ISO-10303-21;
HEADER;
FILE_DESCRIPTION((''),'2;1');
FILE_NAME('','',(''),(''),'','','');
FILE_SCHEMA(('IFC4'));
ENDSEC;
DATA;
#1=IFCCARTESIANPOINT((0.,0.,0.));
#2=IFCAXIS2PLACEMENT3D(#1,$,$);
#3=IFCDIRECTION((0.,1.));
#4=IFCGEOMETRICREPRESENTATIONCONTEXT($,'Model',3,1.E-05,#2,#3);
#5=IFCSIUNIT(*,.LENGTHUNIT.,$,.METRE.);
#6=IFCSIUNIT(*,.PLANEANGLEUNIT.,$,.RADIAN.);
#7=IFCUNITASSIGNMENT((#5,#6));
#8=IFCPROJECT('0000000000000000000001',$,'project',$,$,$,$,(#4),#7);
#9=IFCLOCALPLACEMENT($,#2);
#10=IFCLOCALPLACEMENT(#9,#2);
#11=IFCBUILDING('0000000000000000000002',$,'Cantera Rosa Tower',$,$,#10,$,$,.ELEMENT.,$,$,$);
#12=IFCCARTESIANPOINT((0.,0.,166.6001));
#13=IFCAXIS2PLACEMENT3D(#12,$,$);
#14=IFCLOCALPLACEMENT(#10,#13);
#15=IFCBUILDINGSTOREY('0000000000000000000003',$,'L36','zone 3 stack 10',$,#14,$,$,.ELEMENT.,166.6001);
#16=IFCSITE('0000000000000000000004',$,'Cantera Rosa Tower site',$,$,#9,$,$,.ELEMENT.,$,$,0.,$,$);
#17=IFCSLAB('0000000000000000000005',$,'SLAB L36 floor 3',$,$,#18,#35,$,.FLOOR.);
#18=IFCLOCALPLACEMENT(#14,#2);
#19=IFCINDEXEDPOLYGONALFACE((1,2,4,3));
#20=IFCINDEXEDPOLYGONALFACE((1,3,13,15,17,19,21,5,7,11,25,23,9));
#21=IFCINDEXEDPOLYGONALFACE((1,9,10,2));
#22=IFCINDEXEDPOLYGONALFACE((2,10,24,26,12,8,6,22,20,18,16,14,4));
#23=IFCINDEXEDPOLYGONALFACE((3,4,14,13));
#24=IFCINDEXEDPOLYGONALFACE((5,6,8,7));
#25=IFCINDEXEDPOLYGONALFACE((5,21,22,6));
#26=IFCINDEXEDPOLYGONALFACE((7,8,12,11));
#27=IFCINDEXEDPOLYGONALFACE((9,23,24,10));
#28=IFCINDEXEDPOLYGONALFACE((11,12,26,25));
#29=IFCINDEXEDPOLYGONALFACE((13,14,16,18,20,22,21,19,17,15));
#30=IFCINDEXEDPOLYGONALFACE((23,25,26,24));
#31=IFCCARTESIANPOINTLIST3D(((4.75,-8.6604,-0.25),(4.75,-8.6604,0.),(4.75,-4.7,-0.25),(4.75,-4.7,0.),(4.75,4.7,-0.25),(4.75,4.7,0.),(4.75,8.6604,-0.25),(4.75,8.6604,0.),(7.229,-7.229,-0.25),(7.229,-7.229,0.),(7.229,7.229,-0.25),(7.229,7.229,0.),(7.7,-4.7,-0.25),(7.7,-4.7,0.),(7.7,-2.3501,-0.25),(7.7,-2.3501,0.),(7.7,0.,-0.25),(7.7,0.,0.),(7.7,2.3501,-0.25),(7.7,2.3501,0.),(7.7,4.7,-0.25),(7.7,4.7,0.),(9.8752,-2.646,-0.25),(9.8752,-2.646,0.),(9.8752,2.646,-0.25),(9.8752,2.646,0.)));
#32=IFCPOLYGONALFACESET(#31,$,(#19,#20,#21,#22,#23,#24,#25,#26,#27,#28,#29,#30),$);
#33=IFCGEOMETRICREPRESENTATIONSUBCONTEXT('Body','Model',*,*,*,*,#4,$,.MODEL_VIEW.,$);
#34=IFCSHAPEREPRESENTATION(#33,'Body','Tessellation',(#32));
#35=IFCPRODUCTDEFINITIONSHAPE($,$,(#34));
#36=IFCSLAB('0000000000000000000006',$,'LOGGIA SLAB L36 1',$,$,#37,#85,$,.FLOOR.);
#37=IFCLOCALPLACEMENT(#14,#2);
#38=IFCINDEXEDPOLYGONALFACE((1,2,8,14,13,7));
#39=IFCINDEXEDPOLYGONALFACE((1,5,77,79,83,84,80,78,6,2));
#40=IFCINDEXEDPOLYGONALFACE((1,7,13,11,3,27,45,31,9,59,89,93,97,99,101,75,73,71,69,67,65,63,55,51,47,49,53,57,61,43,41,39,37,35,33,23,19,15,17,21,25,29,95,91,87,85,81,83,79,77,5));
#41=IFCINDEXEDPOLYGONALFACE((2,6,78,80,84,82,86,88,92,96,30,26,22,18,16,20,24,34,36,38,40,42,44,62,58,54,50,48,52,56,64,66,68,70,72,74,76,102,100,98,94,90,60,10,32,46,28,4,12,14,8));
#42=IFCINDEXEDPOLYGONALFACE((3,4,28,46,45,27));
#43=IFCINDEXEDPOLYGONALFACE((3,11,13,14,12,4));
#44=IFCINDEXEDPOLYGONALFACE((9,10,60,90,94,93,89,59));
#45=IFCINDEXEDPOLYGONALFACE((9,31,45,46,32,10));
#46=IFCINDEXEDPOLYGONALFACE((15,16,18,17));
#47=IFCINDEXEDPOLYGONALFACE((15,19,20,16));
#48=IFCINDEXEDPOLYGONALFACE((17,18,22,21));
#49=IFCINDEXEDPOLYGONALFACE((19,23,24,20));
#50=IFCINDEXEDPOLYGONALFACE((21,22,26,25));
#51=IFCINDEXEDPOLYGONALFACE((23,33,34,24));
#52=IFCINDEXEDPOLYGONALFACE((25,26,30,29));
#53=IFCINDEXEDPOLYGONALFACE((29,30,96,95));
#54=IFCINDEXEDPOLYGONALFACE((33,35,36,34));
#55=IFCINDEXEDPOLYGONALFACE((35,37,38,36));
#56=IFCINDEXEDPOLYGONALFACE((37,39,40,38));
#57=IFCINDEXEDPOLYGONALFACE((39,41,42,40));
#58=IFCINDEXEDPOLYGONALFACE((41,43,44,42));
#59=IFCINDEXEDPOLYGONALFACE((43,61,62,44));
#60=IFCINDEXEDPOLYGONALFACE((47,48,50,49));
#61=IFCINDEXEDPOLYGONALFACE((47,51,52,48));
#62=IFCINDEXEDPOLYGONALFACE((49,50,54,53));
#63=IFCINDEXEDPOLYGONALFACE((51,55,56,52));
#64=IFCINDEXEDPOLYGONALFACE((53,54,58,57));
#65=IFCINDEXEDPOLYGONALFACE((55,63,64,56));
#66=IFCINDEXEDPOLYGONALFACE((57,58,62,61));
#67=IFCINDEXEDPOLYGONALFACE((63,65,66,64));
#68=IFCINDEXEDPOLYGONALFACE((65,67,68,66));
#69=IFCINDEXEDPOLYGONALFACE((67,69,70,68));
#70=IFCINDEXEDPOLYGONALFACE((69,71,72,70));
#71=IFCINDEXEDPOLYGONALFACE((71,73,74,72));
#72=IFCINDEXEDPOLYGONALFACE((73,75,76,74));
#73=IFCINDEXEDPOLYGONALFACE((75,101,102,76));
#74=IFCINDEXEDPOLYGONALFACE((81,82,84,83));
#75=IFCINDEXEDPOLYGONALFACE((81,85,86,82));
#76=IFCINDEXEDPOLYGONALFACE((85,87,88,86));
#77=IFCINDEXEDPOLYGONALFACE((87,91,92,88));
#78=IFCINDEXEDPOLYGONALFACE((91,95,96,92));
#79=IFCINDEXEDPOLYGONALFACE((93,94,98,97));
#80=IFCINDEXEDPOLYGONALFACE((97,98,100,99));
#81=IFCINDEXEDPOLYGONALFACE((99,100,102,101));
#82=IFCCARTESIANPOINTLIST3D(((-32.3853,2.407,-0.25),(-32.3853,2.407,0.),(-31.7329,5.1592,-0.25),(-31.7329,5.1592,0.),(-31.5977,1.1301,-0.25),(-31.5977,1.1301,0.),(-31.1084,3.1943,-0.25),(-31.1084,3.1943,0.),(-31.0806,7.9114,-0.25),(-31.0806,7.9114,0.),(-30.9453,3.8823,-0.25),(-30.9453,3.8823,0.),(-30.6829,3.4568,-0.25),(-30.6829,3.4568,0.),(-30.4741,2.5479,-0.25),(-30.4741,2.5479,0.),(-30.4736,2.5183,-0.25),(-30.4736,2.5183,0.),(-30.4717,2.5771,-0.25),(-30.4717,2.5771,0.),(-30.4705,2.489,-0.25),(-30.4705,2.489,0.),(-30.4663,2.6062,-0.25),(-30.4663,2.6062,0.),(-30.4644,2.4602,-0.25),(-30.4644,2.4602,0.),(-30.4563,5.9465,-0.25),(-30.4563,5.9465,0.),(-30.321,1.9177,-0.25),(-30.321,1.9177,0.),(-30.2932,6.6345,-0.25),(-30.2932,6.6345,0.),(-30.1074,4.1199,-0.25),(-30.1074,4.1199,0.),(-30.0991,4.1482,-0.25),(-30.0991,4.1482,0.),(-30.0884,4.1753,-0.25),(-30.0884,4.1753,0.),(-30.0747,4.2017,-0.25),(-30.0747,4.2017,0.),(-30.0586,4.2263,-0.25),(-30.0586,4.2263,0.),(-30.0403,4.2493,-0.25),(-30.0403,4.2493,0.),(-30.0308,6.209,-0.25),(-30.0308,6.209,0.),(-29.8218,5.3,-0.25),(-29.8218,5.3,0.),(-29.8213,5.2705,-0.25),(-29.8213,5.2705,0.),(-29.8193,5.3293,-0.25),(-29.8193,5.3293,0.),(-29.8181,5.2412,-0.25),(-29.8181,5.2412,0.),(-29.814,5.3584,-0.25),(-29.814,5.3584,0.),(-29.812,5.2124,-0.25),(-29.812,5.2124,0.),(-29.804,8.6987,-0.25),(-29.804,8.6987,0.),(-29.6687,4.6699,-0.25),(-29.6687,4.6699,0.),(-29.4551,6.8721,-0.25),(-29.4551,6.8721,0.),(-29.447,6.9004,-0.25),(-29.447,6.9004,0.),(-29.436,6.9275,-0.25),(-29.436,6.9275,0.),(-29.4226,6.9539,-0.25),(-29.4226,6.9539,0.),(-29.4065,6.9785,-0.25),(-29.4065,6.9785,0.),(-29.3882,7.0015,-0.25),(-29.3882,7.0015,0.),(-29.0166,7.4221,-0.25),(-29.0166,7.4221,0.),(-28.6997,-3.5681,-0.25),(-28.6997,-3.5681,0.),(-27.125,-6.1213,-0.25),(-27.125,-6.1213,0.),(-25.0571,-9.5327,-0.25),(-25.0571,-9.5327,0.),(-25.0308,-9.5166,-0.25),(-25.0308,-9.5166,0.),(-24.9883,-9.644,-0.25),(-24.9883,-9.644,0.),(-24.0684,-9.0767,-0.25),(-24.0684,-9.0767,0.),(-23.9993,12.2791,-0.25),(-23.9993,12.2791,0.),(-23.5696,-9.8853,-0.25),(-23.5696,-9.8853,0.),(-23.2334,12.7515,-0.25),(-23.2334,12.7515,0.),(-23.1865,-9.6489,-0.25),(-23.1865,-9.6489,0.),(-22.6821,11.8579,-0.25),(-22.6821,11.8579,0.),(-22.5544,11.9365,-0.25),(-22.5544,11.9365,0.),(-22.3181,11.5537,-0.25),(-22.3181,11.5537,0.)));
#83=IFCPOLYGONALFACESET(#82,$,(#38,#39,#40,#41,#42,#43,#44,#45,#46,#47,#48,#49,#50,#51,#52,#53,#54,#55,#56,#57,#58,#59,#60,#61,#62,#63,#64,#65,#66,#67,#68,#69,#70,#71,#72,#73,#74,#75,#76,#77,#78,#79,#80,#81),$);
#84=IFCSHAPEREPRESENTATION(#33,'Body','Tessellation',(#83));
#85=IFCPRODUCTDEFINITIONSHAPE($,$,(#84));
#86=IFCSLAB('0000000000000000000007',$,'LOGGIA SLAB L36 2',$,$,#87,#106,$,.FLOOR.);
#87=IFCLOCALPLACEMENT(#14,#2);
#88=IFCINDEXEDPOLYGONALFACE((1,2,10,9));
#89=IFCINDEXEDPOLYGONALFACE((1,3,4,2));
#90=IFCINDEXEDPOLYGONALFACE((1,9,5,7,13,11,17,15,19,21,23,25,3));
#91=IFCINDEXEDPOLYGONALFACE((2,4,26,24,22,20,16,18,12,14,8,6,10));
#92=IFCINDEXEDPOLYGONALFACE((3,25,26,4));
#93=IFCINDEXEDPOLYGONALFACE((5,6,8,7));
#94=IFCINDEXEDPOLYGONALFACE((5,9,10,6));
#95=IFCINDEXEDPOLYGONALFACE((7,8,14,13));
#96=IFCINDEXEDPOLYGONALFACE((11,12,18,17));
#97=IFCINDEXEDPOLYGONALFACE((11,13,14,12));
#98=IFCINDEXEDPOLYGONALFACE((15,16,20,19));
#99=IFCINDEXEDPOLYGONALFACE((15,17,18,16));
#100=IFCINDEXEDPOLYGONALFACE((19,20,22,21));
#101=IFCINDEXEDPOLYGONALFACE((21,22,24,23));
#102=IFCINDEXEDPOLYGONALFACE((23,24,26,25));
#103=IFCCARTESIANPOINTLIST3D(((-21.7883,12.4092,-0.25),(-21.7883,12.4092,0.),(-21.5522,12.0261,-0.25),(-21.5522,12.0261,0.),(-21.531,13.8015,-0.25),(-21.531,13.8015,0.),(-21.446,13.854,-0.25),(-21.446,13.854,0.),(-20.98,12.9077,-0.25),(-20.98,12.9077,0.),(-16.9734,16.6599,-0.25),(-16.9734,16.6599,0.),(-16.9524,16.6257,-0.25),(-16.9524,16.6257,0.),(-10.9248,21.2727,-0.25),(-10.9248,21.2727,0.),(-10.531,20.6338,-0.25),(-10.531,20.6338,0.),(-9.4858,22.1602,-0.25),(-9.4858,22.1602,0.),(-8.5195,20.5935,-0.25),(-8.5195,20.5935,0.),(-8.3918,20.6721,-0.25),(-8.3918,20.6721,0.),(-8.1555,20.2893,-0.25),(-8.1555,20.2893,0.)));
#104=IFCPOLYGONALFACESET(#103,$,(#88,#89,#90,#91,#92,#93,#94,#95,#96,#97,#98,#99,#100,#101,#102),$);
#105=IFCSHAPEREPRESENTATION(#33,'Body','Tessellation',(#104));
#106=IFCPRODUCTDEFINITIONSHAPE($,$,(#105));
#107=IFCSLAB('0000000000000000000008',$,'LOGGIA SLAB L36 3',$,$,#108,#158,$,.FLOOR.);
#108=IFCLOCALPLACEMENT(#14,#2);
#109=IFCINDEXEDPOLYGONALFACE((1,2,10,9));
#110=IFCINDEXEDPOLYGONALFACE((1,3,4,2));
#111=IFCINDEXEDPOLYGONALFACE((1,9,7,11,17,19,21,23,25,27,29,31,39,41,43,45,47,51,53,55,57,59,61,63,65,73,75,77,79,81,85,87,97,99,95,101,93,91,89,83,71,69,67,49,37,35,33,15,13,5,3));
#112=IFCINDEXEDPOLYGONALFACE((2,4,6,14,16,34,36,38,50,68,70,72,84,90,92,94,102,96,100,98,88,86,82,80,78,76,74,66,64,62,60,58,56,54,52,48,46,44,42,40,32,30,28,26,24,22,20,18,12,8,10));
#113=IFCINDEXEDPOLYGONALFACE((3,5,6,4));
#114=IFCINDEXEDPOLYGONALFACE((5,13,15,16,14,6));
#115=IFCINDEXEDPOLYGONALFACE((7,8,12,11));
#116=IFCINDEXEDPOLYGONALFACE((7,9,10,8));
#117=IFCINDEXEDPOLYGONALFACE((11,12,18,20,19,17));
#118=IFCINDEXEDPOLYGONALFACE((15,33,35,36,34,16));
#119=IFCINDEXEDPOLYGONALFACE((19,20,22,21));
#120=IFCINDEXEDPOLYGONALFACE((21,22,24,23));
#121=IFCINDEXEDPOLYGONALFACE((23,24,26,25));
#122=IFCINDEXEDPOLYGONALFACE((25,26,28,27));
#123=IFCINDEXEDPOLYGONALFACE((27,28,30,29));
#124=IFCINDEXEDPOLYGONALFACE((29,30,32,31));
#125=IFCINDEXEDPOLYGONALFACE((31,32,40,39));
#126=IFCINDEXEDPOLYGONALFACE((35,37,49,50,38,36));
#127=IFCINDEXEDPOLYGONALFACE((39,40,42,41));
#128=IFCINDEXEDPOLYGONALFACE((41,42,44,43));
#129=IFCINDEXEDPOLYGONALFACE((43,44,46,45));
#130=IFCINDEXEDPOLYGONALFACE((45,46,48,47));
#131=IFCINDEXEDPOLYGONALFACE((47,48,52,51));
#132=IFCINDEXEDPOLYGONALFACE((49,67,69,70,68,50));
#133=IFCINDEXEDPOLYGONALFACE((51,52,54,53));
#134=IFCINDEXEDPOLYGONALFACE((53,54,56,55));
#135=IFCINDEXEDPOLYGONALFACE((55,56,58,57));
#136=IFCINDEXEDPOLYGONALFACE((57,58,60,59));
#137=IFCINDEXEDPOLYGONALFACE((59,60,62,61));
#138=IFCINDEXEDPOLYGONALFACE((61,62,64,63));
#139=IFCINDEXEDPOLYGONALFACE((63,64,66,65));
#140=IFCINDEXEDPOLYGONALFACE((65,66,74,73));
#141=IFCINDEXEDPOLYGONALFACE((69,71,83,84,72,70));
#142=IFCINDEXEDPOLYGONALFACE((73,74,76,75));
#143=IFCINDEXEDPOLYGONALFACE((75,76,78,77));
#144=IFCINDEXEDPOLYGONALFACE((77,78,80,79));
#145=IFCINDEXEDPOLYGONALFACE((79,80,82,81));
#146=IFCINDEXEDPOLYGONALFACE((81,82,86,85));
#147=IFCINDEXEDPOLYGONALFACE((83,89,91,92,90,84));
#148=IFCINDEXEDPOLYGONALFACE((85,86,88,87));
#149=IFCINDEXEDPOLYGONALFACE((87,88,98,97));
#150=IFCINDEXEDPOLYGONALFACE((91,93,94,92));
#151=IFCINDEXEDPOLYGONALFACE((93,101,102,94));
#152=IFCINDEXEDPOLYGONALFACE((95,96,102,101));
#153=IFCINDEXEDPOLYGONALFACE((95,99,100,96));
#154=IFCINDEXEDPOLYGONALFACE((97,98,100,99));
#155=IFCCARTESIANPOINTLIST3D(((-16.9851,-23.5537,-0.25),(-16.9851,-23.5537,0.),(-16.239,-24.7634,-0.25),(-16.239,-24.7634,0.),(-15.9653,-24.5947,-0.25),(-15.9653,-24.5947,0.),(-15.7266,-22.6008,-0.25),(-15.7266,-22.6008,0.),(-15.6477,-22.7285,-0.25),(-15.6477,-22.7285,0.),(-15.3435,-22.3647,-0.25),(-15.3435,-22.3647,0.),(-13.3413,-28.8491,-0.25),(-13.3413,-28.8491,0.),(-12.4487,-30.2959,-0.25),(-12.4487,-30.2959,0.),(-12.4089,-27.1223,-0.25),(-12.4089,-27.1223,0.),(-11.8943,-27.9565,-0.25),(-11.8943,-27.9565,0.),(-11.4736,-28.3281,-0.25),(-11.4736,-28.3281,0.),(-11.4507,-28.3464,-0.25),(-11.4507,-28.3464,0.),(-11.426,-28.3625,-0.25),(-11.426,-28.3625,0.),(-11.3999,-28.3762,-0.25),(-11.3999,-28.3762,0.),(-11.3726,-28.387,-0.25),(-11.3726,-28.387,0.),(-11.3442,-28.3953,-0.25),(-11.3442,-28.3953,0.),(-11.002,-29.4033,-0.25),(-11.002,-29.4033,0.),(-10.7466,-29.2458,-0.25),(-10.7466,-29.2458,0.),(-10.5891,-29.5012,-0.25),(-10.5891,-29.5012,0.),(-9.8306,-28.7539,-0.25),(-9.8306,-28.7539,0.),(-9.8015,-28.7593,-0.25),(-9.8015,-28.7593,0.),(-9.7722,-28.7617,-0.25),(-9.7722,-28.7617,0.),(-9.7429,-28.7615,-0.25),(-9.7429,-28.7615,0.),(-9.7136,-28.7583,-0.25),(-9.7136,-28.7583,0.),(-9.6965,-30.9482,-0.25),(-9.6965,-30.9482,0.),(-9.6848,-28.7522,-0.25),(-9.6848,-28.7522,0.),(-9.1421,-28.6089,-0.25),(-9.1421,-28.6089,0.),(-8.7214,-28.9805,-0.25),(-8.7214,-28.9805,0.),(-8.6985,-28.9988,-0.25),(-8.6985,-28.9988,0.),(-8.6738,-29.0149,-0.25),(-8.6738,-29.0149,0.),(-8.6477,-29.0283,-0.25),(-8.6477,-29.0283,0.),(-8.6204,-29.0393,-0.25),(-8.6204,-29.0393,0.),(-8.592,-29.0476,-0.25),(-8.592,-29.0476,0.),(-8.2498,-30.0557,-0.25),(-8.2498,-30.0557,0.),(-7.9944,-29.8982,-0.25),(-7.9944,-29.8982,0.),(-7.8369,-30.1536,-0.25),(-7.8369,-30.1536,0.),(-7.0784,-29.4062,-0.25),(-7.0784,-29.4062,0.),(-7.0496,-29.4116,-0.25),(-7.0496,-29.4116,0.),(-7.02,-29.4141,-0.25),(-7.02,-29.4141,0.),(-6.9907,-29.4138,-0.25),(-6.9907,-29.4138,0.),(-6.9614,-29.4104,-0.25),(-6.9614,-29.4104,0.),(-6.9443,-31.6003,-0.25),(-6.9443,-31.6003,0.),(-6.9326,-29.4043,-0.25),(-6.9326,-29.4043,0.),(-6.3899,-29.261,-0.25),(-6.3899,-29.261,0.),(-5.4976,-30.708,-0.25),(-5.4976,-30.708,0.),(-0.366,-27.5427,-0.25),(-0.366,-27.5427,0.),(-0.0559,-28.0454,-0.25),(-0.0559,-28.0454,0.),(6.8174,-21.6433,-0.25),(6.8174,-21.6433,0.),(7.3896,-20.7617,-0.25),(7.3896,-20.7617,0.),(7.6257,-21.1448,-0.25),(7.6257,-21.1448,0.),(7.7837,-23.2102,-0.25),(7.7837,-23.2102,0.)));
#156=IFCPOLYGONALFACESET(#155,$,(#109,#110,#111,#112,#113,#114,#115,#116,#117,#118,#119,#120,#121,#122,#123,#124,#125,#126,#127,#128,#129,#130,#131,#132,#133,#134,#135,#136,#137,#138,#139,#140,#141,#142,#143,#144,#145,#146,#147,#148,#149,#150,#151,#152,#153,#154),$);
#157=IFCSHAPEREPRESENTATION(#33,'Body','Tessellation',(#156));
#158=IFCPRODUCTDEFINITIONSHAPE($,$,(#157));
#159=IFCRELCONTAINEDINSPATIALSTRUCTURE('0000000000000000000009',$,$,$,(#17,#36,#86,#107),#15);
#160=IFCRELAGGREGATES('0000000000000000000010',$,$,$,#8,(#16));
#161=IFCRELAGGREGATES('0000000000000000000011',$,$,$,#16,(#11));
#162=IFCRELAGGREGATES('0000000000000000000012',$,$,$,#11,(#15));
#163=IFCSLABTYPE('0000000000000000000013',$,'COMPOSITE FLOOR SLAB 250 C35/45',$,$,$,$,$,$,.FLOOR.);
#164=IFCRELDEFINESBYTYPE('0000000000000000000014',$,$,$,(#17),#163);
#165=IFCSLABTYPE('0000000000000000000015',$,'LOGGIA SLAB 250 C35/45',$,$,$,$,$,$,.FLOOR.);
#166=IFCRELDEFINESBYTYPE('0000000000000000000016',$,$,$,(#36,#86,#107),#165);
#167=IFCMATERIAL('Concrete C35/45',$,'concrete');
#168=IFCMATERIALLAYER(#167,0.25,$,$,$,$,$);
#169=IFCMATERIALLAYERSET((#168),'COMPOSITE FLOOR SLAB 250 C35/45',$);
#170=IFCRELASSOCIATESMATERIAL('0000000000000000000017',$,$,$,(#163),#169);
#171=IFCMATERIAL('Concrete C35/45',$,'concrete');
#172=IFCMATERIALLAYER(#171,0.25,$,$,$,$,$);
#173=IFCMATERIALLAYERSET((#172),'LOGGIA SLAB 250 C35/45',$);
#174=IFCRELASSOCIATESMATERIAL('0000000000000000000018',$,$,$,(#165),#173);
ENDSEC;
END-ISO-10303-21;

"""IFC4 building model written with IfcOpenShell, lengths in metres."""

from ifc_helpers import new_model, si_unit, direction, frame, origin, place, context, subcontext, project, spatial, polyline, outline, extrude, material, layer, layer_set, type_object, element, save


model = new_model("IFC4")

# Units and contexts
model_context = context("Model", 3, precision=1e-05, world=origin(), true_north=direction((0.0, 1.0)))
body_context = subcontext(model_context, "Body", "Model", "MODEL_VIEW")
ifc_project = project(units=[si_unit("LENGTHUNIT", "METRE"), si_unit("PLANEANGLEUNIT", "RADIAN")], contexts=[model_context])

# Site, building, storey
site_placement = place(None, origin())
site = spatial("IfcSite", under=ifc_project, at=site_placement, Name="Cantera Rosa Tower site", CompositionType="ELEMENT", RefElevation=0.0)
building_placement = place(site_placement, origin())
building = spatial("IfcBuilding", under=site, at=building_placement, Name="Cantera Rosa Tower", CompositionType="ELEMENT")
storey_placement = place(building_placement, frame((0.0, 0.0, 166.6001)))
storey = spatial("IfcBuildingStorey", under=building, at=storey_placement, Name="L36", Description="zone 3 stack 10", CompositionType="ELEMENT", Elevation=166.6001)

# Slabs
ifc_material_1 = material(Name="Concrete C35/45", Category="concrete")
ifc_layer_1 = layer(ifc_material_1, 0.25)
ifc_layer_set_1 = layer_set([ifc_layer_1], Name="COMPOSITE FLOOR SLAB 250 C35/45")
slab_type_1 = type_object("IfcSlabType", Name="COMPOSITE FLOOR SLAB 250 C35/45", PredefinedType="FLOOR", material=ifc_layer_set_1)
slab_1_placement = place(storey_placement, frame((0.0, 0.0, -0.25)))
element("IfcSlab", 1, at=slab_1_placement, inside=storey, type_object=slab_type_1, Name="SLAB L36 floor 3", PredefinedType="FLOOR", context=body_context, shape_type="SweptSolid", body=[
    extrude(outline(polyline([(7.7, 0.0), (7.7, 2.3501), (7.7, 4.7), (4.75, 4.7), (4.75, 8.6604), (7.229, 7.229), (9.8752, 2.646), (9.8752, -2.646), (7.229, -7.229), (4.75, -8.6604), (4.75, -4.7), (7.7, -4.7), (7.7, -2.3501), (7.7, 0.0)])), origin(), (0.0, 0.0, 1.0), 0.25),
])
ifc_material_2 = material(Name="Concrete C35/45", Category="concrete")
ifc_layer_2 = layer(ifc_material_2, 0.25)
ifc_layer_set_2 = layer_set([ifc_layer_2], Name="LOGGIA SLAB 250 C35/45")
slab_type_2 = type_object("IfcSlabType", Name="LOGGIA SLAB 250 C35/45", PredefinedType="FLOOR", material=ifc_layer_set_2)
slab_2_placement = place(storey_placement, frame((0.0, 0.0, -0.25)))
element("IfcSlab", 2, at=slab_2_placement, inside=storey, type_object=slab_type_2, Name="LOGGIA SLAB L36 1", PredefinedType="FLOOR", context=body_context, shape_type="SweptSolid", body=[
    extrude(outline(polyline([(-27.125, -6.1213), (-28.6997, -3.5681), (-31.5977, 1.1301), (-32.3853, 2.407), (-31.1084, 3.1943), (-30.6829, 3.4568), (-30.9453, 3.8823), (-31.7329, 5.1592), (-30.4563, 5.9465), (-30.0308, 6.209), (-30.2932, 6.6345), (-31.0806, 7.9114), (-29.804, 8.6987), (-23.9993, 12.2791), (-23.2334, 12.7515), (-22.6821, 11.8579), (-22.5544, 11.9365), (-22.3181, 11.5537), (-29.0166, 7.4221), (-29.3882, 7.0015), (-29.4065, 6.9785), (-29.4226, 6.9539), (-29.436, 6.9275), (-29.447, 6.9004), (-29.4551, 6.8721), (-29.814, 5.3584), (-29.8193, 5.3293), (-29.8218, 5.3), (-29.8213, 5.2705), (-29.8181, 5.2412), (-29.812, 5.2124), (-29.6687, 4.6699), (-30.0403, 4.2493), (-30.0586, 4.2263), (-30.0747, 4.2017), (-30.0884, 4.1753), (-30.0991, 4.1482), (-30.1074, 4.1199), (-30.4663, 2.6062), (-30.4717, 2.5771), (-30.4741, 2.5479), (-30.4736, 2.5183), (-30.4705, 2.489), (-30.4644, 2.4602), (-30.321, 1.9177), (-23.1865, -9.6489), (-23.5696, -9.8853), (-24.0684, -9.0767), (-24.9883, -9.644), (-25.0571, -9.5327), (-25.0308, -9.5166), (-27.125, -6.1213)])), origin(), (0.0, 0.0, 1.0), 0.25),
])
slab_3_placement = place(storey_placement, frame((0.0, 0.0, -0.25)))
element("IfcSlab", 3, at=slab_3_placement, inside=storey, type_object=slab_type_2, Name="LOGGIA SLAB L36 2", PredefinedType="FLOOR", context=body_context, shape_type="SweptSolid", body=[
    extrude(outline(polyline([(-16.9734, 16.6599), (-10.531, 20.6338), (-10.9248, 21.2727), (-9.4858, 22.1602), (-8.5195, 20.5935), (-8.3918, 20.6721), (-8.1555, 20.2893), (-21.5522, 12.0261), (-21.7883, 12.4092), (-20.98, 12.9077), (-21.531, 13.8015), (-21.446, 13.854), (-16.9524, 16.6257), (-16.9734, 16.6599)])), origin(), (0.0, 0.0, 1.0), 0.25),
])
slab_4_placement = place(storey_placement, frame((0.0, 0.0, -0.25)))
element("IfcSlab", 4, at=slab_4_placement, inside=storey, type_object=slab_type_2, Name="LOGGIA SLAB L36 3", PredefinedType="FLOOR", context=body_context, shape_type="SweptSolid", body=[
    extrude(outline(polyline([(-5.4976, -30.708), (-6.9443, -31.6003), (-7.8369, -30.1536), (-7.9944, -29.8982), (-8.2498, -30.0557), (-9.6965, -30.9482), (-10.5891, -29.5012), (-10.7466, -29.2458), (-11.002, -29.4033), (-12.4487, -30.2959), (-13.3413, -28.8491), (-15.9653, -24.5947), (-16.239, -24.7634), (-16.9851, -23.5537), (-15.6477, -22.7285), (-15.7266, -22.6008), (-15.3435, -22.3647), (-12.4089, -27.1223), (-11.8943, -27.9565), (-11.4736, -28.3281), (-11.4507, -28.3464), (-11.426, -28.3625), (-11.3999, -28.3762), (-11.3726, -28.387), (-11.3442, -28.3953), (-9.8306, -28.7539), (-9.8015, -28.7593), (-9.7722, -28.7617), (-9.7429, -28.7615), (-9.7136, -28.7583), (-9.6848, -28.7522), (-9.1421, -28.6089), (-8.7214, -28.9805), (-8.6985, -28.9988), (-8.6738, -29.0149), (-8.6477, -29.0283), (-8.6204, -29.0393), (-8.592, -29.0476), (-7.0784, -29.4062), (-7.0496, -29.4116), (-7.02, -29.4141), (-6.9907, -29.4138), (-6.9614, -29.4104), (-6.9326, -29.4043), (-6.3899, -29.261), (7.3896, -20.7617), (7.6257, -21.1448), (6.8174, -21.6433), (7.7837, -23.2102), (-0.0559, -28.0454), (-0.366, -27.5427), (-5.4976, -30.708)])), origin(), (0.0, 0.0, 1.0), 0.25),
])

save(model, "model.ifc")
